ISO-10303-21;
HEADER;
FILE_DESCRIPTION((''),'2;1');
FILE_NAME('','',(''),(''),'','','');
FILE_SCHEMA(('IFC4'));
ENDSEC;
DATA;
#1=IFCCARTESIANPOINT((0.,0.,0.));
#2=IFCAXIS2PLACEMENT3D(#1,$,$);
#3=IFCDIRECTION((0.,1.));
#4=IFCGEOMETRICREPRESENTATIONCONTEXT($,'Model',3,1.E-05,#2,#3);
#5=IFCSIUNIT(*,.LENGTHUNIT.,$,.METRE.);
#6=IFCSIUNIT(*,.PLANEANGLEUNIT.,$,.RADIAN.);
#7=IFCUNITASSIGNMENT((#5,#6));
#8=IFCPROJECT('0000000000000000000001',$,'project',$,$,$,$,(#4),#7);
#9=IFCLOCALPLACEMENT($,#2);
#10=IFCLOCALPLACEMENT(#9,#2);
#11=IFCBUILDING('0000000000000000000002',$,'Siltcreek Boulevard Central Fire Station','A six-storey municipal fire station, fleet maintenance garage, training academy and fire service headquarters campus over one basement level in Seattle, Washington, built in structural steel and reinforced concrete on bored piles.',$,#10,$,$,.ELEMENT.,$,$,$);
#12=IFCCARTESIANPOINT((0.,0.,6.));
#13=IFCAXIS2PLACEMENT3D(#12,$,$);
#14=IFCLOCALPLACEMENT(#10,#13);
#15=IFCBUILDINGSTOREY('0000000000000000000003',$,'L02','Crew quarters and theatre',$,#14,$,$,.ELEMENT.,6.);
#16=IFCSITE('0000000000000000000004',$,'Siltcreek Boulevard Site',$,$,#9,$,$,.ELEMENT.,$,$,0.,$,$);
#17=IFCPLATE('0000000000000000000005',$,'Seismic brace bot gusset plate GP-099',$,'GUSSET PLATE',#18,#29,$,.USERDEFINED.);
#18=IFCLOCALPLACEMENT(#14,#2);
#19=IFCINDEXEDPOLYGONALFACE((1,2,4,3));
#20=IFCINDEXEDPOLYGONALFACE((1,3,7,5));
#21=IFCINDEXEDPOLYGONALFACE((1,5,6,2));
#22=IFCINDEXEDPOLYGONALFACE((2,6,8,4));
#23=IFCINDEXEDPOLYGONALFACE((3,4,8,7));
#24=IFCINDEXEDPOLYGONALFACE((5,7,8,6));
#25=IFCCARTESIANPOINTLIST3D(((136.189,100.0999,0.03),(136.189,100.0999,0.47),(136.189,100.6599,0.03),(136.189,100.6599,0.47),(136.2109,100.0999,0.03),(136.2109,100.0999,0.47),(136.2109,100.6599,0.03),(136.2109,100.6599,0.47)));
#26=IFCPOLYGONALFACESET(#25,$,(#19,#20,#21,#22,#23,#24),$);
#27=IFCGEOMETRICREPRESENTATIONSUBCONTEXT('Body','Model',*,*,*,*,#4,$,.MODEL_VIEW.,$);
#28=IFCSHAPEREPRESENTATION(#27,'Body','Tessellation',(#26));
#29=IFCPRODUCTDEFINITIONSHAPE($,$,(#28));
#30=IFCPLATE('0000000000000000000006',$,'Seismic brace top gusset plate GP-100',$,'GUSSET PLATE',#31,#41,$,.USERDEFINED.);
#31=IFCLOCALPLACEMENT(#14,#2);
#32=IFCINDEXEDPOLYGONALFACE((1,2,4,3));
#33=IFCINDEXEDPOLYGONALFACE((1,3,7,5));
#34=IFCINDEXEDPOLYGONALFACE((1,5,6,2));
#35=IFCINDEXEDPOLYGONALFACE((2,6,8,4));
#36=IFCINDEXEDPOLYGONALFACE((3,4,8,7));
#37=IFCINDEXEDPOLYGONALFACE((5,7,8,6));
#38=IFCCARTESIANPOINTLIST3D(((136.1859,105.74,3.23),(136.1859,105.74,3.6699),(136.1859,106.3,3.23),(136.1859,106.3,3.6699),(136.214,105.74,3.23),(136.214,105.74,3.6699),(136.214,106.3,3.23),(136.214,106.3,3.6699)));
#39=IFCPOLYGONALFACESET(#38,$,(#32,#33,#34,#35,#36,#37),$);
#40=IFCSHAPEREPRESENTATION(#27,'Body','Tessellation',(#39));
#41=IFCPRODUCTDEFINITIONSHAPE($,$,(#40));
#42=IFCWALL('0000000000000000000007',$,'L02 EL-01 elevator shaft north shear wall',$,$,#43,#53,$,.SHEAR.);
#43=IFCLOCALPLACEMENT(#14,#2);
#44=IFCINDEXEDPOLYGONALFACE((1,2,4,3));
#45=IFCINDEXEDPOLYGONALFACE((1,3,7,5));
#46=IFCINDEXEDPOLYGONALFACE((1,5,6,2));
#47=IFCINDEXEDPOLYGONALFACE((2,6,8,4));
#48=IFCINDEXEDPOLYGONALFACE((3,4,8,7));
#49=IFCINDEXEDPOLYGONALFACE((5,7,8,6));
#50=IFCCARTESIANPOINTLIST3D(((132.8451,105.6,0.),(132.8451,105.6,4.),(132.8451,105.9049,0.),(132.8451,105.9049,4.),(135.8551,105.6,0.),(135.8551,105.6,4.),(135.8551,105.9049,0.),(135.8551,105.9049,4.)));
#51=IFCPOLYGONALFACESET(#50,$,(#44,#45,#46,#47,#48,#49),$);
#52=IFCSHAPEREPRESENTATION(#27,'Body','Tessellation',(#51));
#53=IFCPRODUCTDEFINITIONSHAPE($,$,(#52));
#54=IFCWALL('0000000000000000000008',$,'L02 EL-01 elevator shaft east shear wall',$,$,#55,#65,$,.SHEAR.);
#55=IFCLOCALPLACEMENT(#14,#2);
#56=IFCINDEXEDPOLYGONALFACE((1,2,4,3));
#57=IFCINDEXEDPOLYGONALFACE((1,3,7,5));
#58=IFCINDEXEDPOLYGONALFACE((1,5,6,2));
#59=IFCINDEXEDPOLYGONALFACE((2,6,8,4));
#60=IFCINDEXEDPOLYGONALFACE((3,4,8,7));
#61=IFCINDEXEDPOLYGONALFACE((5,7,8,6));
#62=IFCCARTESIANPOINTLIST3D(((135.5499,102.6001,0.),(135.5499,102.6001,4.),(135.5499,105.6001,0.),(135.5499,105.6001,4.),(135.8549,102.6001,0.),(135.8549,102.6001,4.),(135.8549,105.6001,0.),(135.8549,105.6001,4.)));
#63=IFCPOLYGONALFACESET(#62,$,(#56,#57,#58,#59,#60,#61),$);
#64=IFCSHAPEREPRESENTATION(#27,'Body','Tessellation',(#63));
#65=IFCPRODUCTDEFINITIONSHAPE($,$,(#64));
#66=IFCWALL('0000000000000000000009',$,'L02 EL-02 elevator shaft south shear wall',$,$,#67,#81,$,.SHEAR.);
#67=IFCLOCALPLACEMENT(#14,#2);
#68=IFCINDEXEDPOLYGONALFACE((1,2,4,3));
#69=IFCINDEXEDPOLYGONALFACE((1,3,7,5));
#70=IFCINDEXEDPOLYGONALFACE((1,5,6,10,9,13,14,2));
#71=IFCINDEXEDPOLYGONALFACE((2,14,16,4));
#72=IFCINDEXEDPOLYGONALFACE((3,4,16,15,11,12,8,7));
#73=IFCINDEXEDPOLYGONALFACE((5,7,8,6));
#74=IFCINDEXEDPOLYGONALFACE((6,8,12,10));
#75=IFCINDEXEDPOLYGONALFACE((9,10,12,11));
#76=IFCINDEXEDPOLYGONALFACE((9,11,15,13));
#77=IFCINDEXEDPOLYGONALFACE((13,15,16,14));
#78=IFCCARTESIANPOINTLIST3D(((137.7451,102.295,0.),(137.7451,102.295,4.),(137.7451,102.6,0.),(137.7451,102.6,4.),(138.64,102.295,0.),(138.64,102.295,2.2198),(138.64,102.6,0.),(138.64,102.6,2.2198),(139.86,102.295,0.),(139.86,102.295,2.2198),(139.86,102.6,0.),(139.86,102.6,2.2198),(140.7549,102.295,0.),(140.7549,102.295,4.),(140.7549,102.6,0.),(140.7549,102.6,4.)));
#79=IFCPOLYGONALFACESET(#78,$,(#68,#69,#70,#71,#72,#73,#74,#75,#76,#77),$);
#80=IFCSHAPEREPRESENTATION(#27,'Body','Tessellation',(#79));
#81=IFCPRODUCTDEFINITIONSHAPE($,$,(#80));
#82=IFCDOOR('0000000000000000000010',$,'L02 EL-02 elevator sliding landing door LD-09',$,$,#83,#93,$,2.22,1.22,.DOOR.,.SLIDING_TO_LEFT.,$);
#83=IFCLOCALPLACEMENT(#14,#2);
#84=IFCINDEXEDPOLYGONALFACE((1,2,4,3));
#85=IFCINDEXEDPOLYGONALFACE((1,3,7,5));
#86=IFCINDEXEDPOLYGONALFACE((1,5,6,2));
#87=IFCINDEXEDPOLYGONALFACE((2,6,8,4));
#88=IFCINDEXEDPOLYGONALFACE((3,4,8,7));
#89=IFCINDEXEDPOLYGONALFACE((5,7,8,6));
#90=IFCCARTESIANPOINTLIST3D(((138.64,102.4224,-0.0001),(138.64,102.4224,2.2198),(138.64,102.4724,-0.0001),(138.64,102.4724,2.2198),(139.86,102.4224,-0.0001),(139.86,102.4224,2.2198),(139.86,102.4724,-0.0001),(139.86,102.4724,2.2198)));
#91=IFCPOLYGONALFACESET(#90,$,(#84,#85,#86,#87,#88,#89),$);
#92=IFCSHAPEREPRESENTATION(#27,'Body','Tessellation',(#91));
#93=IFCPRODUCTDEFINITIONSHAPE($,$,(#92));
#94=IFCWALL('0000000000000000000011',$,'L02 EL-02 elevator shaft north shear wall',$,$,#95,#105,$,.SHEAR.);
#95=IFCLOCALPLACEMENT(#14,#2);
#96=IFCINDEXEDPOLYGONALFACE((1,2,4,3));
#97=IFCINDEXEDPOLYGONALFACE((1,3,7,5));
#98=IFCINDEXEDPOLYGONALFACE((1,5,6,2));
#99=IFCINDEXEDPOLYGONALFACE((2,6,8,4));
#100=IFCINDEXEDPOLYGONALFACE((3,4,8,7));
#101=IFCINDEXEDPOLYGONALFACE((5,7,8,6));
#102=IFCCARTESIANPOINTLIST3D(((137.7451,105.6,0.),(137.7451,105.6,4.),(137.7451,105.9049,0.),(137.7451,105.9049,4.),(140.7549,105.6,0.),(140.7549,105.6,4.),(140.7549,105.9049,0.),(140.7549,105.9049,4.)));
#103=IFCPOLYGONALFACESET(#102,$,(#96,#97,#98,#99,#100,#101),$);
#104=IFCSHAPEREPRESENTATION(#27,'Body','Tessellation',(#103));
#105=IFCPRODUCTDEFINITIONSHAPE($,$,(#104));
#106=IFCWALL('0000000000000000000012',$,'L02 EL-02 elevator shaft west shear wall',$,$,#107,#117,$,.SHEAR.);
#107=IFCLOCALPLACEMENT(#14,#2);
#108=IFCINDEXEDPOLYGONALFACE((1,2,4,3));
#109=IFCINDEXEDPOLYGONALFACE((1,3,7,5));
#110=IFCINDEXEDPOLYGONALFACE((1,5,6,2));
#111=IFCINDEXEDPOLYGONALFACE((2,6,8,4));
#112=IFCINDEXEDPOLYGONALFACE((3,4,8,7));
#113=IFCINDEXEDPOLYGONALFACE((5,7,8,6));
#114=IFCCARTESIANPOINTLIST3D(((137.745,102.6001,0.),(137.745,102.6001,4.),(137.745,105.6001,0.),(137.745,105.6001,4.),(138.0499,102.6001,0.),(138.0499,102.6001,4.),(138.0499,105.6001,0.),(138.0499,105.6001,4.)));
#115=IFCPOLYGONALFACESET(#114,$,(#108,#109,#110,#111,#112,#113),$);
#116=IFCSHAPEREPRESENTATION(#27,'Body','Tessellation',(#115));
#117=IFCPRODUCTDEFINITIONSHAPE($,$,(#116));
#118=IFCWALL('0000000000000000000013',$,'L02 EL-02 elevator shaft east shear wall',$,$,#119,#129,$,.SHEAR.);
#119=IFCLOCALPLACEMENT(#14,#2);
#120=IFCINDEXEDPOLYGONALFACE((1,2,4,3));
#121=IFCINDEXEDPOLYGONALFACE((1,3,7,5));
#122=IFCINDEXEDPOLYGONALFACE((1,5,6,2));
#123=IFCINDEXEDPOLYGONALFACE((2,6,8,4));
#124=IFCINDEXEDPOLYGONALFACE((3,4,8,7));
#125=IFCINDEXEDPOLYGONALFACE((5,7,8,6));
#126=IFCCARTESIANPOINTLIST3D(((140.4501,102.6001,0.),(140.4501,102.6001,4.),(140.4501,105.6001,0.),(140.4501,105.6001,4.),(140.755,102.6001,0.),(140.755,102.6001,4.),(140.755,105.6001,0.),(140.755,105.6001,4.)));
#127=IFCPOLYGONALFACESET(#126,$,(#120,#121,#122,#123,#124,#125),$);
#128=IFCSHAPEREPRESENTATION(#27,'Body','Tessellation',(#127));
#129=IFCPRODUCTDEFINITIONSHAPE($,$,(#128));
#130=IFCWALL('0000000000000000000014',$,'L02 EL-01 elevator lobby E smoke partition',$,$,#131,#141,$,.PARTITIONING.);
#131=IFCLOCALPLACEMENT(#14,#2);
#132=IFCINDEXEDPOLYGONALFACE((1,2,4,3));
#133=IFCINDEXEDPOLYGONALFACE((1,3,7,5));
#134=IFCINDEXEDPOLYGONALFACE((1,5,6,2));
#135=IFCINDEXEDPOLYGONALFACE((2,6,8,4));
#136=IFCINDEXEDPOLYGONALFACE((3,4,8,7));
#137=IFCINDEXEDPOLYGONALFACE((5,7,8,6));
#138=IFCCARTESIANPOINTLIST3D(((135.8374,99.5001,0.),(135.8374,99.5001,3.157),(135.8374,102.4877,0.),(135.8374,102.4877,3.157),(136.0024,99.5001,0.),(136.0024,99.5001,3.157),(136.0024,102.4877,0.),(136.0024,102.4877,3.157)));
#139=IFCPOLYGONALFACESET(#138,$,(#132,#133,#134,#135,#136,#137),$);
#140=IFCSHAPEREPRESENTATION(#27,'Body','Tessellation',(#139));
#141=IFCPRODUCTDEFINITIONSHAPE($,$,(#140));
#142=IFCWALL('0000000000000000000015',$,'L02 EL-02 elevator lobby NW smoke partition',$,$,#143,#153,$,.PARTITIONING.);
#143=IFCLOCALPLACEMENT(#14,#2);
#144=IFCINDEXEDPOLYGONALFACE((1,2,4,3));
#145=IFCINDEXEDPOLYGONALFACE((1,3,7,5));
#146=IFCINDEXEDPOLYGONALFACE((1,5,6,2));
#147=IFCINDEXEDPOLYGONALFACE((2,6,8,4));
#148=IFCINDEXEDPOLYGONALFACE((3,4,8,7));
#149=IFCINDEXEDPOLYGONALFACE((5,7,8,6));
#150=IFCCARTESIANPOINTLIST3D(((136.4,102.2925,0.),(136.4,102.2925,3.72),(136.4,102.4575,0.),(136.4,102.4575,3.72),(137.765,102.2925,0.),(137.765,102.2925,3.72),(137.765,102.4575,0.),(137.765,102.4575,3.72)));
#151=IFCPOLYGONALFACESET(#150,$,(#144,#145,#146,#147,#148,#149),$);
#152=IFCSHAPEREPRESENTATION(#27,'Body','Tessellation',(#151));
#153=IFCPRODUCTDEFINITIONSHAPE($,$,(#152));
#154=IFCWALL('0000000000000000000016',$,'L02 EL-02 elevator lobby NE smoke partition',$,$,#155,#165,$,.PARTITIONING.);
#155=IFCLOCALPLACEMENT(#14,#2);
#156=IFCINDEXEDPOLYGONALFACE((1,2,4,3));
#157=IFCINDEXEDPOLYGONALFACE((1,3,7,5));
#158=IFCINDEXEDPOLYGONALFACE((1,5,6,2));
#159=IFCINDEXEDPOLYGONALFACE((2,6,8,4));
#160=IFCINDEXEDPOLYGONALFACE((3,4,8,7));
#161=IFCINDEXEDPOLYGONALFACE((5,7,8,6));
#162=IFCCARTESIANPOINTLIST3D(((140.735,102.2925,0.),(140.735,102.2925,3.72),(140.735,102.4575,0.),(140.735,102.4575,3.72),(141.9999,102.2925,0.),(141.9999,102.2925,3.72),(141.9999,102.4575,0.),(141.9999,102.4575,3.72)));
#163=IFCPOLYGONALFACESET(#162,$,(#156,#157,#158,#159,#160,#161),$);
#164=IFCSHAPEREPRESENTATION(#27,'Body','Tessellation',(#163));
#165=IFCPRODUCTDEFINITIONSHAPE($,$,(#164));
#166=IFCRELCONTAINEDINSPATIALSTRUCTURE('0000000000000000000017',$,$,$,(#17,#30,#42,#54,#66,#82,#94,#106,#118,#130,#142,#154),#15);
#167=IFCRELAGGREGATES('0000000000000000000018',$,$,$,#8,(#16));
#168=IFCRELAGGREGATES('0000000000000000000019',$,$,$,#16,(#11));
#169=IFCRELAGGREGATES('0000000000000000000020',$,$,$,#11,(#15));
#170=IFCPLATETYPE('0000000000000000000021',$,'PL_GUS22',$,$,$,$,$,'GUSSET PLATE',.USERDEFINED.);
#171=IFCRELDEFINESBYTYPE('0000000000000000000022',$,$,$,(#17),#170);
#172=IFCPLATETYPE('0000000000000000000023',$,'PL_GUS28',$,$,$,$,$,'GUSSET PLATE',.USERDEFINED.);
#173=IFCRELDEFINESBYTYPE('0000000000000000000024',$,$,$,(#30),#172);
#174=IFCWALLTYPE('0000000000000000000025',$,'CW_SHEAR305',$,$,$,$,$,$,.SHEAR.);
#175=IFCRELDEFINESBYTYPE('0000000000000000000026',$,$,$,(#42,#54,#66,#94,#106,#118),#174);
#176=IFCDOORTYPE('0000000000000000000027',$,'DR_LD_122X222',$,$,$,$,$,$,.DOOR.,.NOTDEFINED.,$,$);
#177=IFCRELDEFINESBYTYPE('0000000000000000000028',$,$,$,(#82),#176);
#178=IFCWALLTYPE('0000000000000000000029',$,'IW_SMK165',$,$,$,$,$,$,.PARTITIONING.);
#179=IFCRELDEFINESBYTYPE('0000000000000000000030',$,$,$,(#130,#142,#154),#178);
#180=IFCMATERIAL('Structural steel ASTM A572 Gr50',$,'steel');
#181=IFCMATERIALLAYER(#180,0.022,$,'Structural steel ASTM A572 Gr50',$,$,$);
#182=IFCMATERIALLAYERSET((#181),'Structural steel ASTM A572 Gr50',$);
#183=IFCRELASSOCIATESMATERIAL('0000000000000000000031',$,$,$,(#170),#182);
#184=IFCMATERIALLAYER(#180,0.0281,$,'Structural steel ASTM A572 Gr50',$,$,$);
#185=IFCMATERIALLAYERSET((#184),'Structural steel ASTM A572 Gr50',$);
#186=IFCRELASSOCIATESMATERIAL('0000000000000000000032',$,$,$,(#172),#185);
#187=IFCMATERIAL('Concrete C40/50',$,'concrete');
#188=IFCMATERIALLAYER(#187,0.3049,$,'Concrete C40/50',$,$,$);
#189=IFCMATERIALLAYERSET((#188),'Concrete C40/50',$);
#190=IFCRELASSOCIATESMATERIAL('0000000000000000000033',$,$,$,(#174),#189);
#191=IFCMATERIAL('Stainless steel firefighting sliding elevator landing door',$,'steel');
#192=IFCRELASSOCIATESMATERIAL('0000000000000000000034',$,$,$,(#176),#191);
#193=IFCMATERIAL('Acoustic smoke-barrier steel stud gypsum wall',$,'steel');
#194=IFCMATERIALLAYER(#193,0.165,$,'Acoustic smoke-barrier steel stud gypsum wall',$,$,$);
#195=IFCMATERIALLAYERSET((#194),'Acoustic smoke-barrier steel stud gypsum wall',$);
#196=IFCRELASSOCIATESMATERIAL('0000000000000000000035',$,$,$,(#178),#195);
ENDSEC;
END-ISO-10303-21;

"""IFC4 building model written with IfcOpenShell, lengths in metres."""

from ifc_helpers import new_model, si_unit, direction, frame, frame_2d, origin, origin_2d, place, context, subcontext, project, spatial, rectangle, extrude, material, layer, layer_set, type_object, element, fill, save


model = new_model("IFC4")

# Units and contexts
model_context = context("Model", 3, precision=1e-05, world=origin(), true_north=direction((0.0, 1.0)))
body_context = subcontext(model_context, "Body", "Model", "MODEL_VIEW")
ifc_project = project(units=[si_unit("LENGTHUNIT", "METRE"), si_unit("PLANEANGLEUNIT", "RADIAN")], contexts=[model_context])

# Site, building, storey
site_placement = place(None, origin())
site = spatial("IfcSite", under=ifc_project, at=site_placement, Name="Siltcreek Boulevard Site", CompositionType="ELEMENT", RefElevation=0.0)
building_placement = place(site_placement, origin())
building = spatial("IfcBuilding", under=site, at=building_placement, Name="Siltcreek Boulevard Central Fire Station", Description="A six-storey municipal fire station, fleet maintenance garage, training academy and fire service headquarters campus over one basement level in Seattle, Washington, built in structural steel and reinforced concrete on bored piles.", CompositionType="ELEMENT")
storey_placement = place(building_placement, frame((0.0, 0.0, 6.0)))
storey = spatial("IfcBuildingStorey", under=building, at=storey_placement, Name="L02", Description="Crew quarters and theatre", CompositionType="ELEMENT", Elevation=6.0)

# Plates
ifc_material_1 = material(Name="Structural steel ASTM A572 Gr50", Category="steel")
ifc_layer_1 = layer(ifc_material_1, 0.022, Name="Structural steel ASTM A572 Gr50")
ifc_layer_set_1 = layer_set([ifc_layer_1], Name="Structural steel ASTM A572 Gr50")
plate_type_1 = type_object("IfcPlateType", Name="PL_GUS22", ElementType="GUSSET PLATE", PredefinedType="USERDEFINED", material=ifc_layer_set_1)
plate_1_placement = place(storey_placement, frame((136.2, 100.3799, 0.03), z_axis=(0.0, 0.0, 1.0), x_axis=(0.0, 1.0, 0.0)))
element("IfcPlate", 1, at=plate_1_placement, inside=storey, type_object=plate_type_1, Name="Seismic brace bot gusset plate GP-099", ObjectType="GUSSET PLATE", PredefinedType="USERDEFINED", context=body_context, shape_type="SweptSolid", body=[
    extrude(rectangle(XDim=0.5601, YDim=0.022, at=origin_2d()), origin(), (0.0, 0.0, 1.0), 0.4399),
])
ifc_layer_2 = layer(ifc_material_1, 0.0281, Name="Structural steel ASTM A572 Gr50")
ifc_layer_set_2 = layer_set([ifc_layer_2], Name="Structural steel ASTM A572 Gr50")
plate_type_2 = type_object("IfcPlateType", Name="PL_GUS28", ElementType="GUSSET PLATE", PredefinedType="USERDEFINED", material=ifc_layer_set_2)
plate_2_placement = place(storey_placement, frame((136.2, 106.02, 3.23), z_axis=(0.0, 0.0, 1.0), x_axis=(0.0, 1.0, 0.0)))
element("IfcPlate", 2, at=plate_2_placement, inside=storey, type_object=plate_type_2, Name="Seismic brace top gusset plate GP-100", ObjectType="GUSSET PLATE", PredefinedType="USERDEFINED", context=body_context, shape_type="SweptSolid", body=[
    extrude(rectangle(XDim=0.5601, YDim=0.0281, at=origin_2d()), origin(), (0.0, 0.0, 1.0), 0.4399),
])

# Walls
ifc_material_2 = material(Name="Concrete C40/50", Category="concrete")
ifc_layer_3 = layer(ifc_material_2, 0.3049, Name="Concrete C40/50")
ifc_layer_set_3 = layer_set([ifc_layer_3], Name="Concrete C40/50")
wall_type_1 = type_object("IfcWallType", Name="CW_SHEAR305", PredefinedType="SHEAR", material=ifc_layer_set_3)
wall_1_placement = place(storey_placement, frame((135.855, 105.7524, 0.0), z_axis=(0.0, 0.0, 1.0), x_axis=(-1.0, 0.0, 0.0)))
element("IfcWall", 3, at=wall_1_placement, inside=storey, type_object=wall_type_1, Name="L02 EL-01 elevator shaft north shear wall", PredefinedType="SHEAR", context=body_context, shape_type="SweptSolid", body=[
    extrude(rectangle(XDim=3.01, YDim=0.3049, at=frame_2d((1.5049, 0.0))), origin(), (0.0, 0.0, 1.0), 4.0),
])
wall_2_placement = place(storey_placement, frame((135.7024, 102.6001, 0.0), z_axis=(0.0, 0.0, 1.0), x_axis=(0.0, 1.0, 0.0)))
element("IfcWall", 4, at=wall_2_placement, inside=storey, type_object=wall_type_1, Name="L02 EL-01 elevator shaft east shear wall", PredefinedType="SHEAR", context=body_context, shape_type="SweptSolid", body=[
    extrude(rectangle(XDim=3.0, YDim=0.3049, at=frame_2d((1.5, 0.0))), origin(), (0.0, 0.0, 1.0), 4.0),
])

# Wall, opening, door
wall_3_placement = place(storey_placement, frame((137.7451, 102.4475, 0.0), z_axis=(0.0, 0.0, 1.0), x_axis=(1.0, 0.0, 0.0)))
wall_3 = element("IfcWall", 5, at=wall_3_placement, inside=storey, type_object=wall_type_1, Name="L02 EL-02 elevator shaft south shear wall", PredefinedType="SHEAR", context=body_context, shape_type="SweptSolid", body=[
    extrude(rectangle(XDim=3.0098, YDim=0.3049, at=frame_2d((1.5049, 0.0))), origin(), (0.0, 0.0, 1.0), 4.0),
])
opening_placement = place(wall_3_placement, frame((0.895, 0.0, 0.0)))
opening = element("IfcOpeningElement", 6, at=opening_placement, cuts=wall_3, PredefinedType="OPENING", context=body_context, shape_type="SweptSolid", body=[
    extrude(rectangle(XDim=1.22, YDim=2.22, at=frame_2d((0.6099, 1.1099))), frame((0.0, 0.1624, 0.0), z_axis=(0.0, -1.0, 0.0), x_axis=(1.0, 0.0, 0.0)), (0.0, 0.0, 1.0), 0.325),
])
ifc_material_3 = material(Name="Stainless steel firefighting sliding elevator landing door", Category="steel")
door_type = type_object("IfcDoorType", Name="DR_LD_122X222", OperationType="NOTDEFINED", PredefinedType="DOOR", material=ifc_material_3)
door_placement = place(opening_placement, origin())
door = element("IfcDoor", 7, at=door_placement, inside=storey, type_object=door_type, Name="L02 EL-02 elevator sliding landing door LD-09", OperationType="SLIDING_TO_LEFT", OverallHeight=2.22, OverallWidth=1.22, PredefinedType="DOOR", context=body_context, shape_type="SweptSolid", body=[
    extrude(rectangle(XDim=1.22, YDim=2.22, at=frame_2d((0.6099, 1.1099))), frame((0.0, 0.0249, 0.0), z_axis=(0.0, -1.0, 0.0), x_axis=(1.0, 0.0, 0.0)), (0.0, 0.0, 1.0), 0.05),
])
fill(opening, door)

# Walls
wall_4_placement = place(storey_placement, frame((140.7549, 105.7524, 0.0), z_axis=(0.0, 0.0, 1.0), x_axis=(-1.0, 0.0, 0.0)))
element("IfcWall", 8, at=wall_4_placement, inside=storey, type_object=wall_type_1, Name="L02 EL-02 elevator shaft north shear wall", PredefinedType="SHEAR", context=body_context, shape_type="SweptSolid", body=[
    extrude(rectangle(XDim=3.0098, YDim=0.3049, at=frame_2d((1.5049, 0.0))), origin(), (0.0, 0.0, 1.0), 4.0),
])
for number, where, z_axis, x_axis, name in (
    (9, (137.8975, 105.6001, 0.0), (0.0, 0.0, 1.0), (0.0, -1.0, 0.0), "L02 EL-02 elevator shaft west shear wall"),
    (10, (140.6025, 102.6001, 0.0), (0.0, 0.0, 1.0), (0.0, 1.0, 0.0), "L02 EL-02 elevator shaft east shear wall"),
):
    element("IfcWall", number, at=place(storey_placement, frame(where, z_axis=z_axis, x_axis=x_axis)), inside=storey, type_object=wall_type_1, Name=name, PredefinedType="SHEAR", context=body_context, shape_type="SweptSolid", body=[
        extrude(rectangle(XDim=3.0, YDim=0.3049, at=frame_2d((1.5, 0.0))), origin(), (0.0, 0.0, 1.0), 4.0),
    ])
ifc_material_4 = material(Name="Acoustic smoke-barrier steel stud gypsum wall", Category="steel")
ifc_layer_4 = layer(ifc_material_4, 0.165, Name="Acoustic smoke-barrier steel stud gypsum wall")
ifc_layer_set_4 = layer_set([ifc_layer_4], Name="Acoustic smoke-barrier steel stud gypsum wall")
wall_type_2 = type_object("IfcWallType", Name="IW_SMK165", PredefinedType="PARTITIONING", material=ifc_layer_set_4)
wall_5_placement = place(storey_placement, frame((135.9199, 102.4875, 0.0), z_axis=(0.0, 0.0, 1.0), x_axis=(0.0, -1.0, 0.0)))
element("IfcWall", 11, at=wall_5_placement, inside=storey, type_object=wall_type_2, Name="L02 EL-01 elevator lobby E smoke partition", PredefinedType="PARTITIONING", context=body_context, shape_type="SweptSolid", body=[
    extrude(rectangle(XDim=2.9875, YDim=0.165, at=frame_2d((1.4937, 0.0))), origin(), (0.0, 0.0, 1.0), 3.157),
])
wall_6_placement = place(storey_placement, frame((136.3999, 102.375, 0.0), z_axis=(0.0, 0.0, 1.0), x_axis=(1.0, 0.0, 0.0)))
element("IfcWall", 12, at=wall_6_placement, inside=storey, type_object=wall_type_2, Name="L02 EL-02 elevator lobby NW smoke partition", PredefinedType="PARTITIONING", context=body_context, shape_type="SweptSolid", body=[
    extrude(rectangle(XDim=1.365, YDim=0.165, at=frame_2d((0.6826, 0.0))), origin(), (0.0, 0.0, 1.0), 3.72),
])
wall_7_placement = place(storey_placement, frame((140.7351, 102.375, 0.0), z_axis=(0.0, 0.0, 1.0), x_axis=(1.0, 0.0, 0.0)))
element("IfcWall", 13, at=wall_7_placement, inside=storey, type_object=wall_type_2, Name="L02 EL-02 elevator lobby NE smoke partition", PredefinedType="PARTITIONING", context=body_context, shape_type="SweptSolid", body=[
    extrude(rectangle(XDim=1.2649, YDim=0.165, at=frame_2d((0.6323, 0.0))), origin(), (0.0, 0.0, 1.0), 3.72),
])

save(model, "model.ifc")
